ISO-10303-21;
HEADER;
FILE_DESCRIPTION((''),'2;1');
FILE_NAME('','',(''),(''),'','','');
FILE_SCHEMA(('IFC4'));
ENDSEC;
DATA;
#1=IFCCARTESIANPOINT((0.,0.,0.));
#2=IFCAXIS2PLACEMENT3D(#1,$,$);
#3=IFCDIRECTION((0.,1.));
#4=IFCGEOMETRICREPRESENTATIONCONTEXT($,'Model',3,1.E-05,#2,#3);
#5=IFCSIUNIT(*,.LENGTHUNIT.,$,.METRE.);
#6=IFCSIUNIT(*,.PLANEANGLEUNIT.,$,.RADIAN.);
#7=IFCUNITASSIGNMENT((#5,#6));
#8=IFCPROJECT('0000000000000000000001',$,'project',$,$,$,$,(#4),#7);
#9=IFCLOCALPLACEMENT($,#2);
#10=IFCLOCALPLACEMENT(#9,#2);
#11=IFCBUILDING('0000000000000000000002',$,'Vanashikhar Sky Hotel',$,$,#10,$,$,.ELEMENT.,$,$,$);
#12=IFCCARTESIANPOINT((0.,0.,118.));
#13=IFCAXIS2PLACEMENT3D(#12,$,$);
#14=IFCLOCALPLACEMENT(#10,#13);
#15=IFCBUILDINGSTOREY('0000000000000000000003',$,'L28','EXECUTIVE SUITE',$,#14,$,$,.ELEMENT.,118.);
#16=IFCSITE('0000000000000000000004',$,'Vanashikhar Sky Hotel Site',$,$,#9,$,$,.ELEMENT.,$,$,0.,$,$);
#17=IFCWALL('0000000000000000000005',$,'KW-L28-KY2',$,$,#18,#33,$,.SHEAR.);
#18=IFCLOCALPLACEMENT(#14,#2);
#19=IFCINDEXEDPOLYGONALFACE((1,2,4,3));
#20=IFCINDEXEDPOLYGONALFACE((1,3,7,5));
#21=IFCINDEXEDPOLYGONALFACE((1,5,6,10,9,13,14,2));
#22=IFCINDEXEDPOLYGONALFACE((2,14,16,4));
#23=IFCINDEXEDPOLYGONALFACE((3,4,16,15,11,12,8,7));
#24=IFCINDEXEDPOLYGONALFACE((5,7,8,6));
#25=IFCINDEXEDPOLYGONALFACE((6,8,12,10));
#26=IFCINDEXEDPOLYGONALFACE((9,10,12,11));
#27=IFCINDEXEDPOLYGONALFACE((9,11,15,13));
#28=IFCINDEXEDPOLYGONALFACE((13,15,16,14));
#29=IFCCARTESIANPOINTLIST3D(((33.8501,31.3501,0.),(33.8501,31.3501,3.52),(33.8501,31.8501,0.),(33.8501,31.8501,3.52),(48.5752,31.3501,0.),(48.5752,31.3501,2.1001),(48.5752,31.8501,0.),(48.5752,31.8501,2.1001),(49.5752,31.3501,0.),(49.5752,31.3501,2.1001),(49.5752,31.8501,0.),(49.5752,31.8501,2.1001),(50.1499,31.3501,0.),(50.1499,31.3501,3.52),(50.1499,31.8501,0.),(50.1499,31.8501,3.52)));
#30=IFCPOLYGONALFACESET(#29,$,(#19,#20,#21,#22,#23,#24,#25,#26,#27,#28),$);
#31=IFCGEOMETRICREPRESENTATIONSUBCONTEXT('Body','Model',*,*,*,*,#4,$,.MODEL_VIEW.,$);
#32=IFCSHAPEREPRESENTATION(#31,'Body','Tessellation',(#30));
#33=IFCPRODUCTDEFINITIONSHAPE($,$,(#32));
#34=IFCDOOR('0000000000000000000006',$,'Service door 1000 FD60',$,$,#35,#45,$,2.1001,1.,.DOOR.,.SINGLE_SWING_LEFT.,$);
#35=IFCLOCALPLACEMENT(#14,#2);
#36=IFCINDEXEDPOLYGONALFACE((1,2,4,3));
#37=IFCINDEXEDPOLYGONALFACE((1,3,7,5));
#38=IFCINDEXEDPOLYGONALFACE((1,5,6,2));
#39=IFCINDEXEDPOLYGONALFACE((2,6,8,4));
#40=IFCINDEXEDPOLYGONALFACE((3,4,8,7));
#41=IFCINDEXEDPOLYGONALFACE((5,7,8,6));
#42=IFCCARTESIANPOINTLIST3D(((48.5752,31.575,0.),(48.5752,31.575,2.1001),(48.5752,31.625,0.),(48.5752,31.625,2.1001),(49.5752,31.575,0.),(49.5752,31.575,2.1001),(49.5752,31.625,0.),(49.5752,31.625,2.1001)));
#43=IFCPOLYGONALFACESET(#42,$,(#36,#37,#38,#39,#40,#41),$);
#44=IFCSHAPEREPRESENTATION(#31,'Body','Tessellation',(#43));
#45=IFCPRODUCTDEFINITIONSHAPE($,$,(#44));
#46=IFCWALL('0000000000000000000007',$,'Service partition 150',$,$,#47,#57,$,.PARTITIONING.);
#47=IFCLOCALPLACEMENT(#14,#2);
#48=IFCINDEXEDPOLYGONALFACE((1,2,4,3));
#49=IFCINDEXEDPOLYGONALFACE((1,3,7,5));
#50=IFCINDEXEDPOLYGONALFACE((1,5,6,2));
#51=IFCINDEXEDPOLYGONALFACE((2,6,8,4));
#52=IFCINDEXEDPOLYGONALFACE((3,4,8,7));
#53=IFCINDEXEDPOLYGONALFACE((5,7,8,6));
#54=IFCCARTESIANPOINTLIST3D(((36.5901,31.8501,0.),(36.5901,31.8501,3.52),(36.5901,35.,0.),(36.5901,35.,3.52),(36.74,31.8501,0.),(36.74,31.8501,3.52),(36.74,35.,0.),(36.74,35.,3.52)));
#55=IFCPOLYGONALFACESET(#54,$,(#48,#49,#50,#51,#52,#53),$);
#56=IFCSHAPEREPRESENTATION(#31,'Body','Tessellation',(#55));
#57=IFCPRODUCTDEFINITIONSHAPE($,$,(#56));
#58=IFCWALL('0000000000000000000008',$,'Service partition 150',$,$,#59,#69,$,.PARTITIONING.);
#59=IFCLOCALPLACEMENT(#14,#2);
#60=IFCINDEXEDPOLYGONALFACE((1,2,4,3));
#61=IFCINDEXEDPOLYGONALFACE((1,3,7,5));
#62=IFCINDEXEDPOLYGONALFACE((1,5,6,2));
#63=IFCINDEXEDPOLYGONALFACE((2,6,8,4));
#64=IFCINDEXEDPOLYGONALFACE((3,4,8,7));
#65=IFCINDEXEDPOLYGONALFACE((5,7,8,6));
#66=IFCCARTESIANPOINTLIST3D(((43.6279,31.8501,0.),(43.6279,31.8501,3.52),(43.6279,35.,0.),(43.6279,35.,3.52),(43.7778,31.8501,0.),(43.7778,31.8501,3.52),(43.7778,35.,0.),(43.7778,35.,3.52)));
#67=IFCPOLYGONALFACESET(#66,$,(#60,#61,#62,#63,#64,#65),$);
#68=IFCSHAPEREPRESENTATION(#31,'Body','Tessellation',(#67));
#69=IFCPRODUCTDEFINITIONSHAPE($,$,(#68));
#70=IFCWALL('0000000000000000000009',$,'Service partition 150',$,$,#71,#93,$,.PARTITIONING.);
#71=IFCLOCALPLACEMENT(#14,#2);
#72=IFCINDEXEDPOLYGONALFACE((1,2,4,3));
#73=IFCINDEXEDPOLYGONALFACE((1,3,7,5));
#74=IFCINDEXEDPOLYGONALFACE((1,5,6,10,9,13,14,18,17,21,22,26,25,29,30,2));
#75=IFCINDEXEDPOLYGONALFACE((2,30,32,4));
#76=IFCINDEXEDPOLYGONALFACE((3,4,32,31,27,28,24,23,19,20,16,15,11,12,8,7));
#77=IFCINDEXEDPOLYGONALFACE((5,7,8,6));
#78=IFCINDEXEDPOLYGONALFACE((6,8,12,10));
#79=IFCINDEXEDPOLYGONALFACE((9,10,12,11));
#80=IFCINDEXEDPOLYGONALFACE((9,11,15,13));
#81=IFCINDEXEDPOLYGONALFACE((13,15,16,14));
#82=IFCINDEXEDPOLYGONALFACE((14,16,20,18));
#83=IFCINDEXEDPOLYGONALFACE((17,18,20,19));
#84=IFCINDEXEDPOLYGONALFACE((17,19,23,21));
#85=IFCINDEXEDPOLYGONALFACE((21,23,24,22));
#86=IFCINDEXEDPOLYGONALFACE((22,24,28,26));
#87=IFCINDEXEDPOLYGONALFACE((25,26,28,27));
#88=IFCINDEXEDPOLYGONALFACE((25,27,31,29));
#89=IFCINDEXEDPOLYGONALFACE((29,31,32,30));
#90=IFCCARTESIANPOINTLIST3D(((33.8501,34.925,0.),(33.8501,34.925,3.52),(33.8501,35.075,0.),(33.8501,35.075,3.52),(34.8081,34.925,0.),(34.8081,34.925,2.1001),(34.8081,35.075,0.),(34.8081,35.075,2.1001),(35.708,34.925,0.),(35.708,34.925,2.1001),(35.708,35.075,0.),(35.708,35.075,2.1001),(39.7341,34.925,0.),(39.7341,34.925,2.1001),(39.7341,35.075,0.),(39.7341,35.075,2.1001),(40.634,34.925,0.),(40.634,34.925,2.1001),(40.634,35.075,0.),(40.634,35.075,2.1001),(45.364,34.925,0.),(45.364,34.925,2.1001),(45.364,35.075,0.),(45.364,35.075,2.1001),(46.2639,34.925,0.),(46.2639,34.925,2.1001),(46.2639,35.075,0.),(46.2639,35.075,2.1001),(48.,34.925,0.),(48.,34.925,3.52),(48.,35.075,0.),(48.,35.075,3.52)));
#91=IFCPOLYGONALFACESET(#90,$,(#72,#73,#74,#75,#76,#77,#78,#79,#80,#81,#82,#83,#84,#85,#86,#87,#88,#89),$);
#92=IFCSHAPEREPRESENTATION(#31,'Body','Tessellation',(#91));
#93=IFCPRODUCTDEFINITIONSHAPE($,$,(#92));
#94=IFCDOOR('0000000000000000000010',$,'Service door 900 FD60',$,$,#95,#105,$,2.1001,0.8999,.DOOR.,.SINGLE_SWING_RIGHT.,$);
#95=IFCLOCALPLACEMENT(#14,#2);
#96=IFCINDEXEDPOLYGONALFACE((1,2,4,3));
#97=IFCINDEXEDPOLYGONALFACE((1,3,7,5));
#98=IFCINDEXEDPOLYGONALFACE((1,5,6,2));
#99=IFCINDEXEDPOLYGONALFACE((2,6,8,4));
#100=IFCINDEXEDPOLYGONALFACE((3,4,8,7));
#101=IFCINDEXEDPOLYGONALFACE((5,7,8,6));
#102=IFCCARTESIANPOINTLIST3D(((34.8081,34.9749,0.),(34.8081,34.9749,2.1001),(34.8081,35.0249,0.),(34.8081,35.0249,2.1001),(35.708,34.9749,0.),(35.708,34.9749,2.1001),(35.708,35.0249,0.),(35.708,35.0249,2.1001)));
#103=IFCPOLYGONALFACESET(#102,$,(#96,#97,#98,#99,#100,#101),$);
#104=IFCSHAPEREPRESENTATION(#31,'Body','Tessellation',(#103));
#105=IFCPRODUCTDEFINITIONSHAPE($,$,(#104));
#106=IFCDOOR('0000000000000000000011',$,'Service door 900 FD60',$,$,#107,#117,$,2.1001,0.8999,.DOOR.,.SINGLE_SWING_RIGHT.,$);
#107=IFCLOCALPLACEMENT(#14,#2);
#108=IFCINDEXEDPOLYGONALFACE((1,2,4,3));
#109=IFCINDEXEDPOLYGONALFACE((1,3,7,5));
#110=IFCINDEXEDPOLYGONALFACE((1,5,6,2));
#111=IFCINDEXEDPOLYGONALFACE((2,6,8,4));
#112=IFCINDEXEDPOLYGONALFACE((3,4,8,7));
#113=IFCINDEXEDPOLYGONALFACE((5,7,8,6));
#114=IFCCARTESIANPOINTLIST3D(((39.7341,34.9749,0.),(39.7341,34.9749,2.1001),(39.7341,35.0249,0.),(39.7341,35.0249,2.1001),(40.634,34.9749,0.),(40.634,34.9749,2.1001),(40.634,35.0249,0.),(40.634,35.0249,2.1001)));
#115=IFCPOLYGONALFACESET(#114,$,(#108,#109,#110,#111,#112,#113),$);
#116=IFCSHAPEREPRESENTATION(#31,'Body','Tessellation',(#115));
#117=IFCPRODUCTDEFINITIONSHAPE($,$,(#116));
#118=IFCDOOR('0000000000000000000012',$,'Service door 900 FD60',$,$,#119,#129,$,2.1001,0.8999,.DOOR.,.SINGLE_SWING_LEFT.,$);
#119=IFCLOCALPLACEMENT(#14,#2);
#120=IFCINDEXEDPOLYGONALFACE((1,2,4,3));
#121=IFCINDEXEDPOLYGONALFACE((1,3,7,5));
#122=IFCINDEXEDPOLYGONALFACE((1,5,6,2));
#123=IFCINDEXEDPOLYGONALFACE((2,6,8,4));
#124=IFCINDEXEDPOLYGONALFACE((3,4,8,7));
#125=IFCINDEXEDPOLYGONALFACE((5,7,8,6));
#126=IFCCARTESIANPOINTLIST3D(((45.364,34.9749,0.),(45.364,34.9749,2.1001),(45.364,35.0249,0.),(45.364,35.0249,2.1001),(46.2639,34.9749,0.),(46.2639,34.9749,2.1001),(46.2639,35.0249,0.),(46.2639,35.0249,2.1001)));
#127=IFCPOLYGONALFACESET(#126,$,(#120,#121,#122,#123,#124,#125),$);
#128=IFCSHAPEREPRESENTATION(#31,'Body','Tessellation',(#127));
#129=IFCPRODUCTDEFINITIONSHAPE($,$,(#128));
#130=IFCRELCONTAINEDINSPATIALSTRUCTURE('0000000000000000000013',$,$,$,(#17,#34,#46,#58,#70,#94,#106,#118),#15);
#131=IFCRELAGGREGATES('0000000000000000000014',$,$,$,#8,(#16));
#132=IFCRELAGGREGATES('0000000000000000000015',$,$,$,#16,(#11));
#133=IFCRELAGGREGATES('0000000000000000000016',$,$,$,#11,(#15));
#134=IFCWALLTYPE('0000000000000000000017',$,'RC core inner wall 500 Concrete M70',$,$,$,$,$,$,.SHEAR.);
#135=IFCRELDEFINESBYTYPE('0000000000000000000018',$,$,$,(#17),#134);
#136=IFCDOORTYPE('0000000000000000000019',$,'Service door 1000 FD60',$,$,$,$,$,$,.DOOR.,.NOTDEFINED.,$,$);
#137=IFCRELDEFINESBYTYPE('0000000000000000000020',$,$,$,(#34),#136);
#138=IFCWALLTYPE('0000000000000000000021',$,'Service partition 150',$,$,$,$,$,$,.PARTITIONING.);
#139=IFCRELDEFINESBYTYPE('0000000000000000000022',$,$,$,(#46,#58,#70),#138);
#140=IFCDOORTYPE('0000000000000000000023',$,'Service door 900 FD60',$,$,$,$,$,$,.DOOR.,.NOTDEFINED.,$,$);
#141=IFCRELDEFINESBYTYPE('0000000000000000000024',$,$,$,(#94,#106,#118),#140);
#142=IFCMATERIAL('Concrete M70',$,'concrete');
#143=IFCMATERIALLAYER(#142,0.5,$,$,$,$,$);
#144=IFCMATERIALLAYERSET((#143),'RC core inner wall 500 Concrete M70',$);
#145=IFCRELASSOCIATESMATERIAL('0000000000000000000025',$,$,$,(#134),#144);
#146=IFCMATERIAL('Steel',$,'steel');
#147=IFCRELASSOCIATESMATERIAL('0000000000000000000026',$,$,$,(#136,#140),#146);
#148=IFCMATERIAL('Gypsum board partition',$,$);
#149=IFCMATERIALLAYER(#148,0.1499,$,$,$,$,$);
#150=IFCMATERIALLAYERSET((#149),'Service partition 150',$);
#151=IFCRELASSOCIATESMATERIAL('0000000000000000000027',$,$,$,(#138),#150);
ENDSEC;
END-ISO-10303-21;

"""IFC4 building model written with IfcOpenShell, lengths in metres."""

from ifc_helpers import new_model, si_unit, direction, frame, frame_2d, origin, place, context, subcontext, project, spatial, rectangle, extrude, source, transform, mapped, material, layer, layer_set, type_object, element, fill, save


model = new_model("IFC4")

# Units and contexts
model_context = context("Model", 3, precision=1e-05, world=origin(), true_north=direction((0.0, 1.0)))
body_context = subcontext(model_context, "Body", "Model", "MODEL_VIEW")
ifc_project = project(units=[si_unit("LENGTHUNIT", "METRE"), si_unit("PLANEANGLEUNIT", "RADIAN")], contexts=[model_context])

# Site, building, storey
site_placement = place(None, origin())
site = spatial("IfcSite", under=ifc_project, at=site_placement, Name="Vanashikhar Sky Hotel Site", CompositionType="ELEMENT", RefElevation=0.0)
building_placement = place(site_placement, origin())
building = spatial("IfcBuilding", under=site, at=building_placement, Name="Vanashikhar Sky Hotel", CompositionType="ELEMENT")
storey_placement = place(building_placement, frame((0.0, 0.0, 118.0)))
storey = spatial("IfcBuildingStorey", under=building, at=storey_placement, Name="L28", Description="EXECUTIVE SUITE", CompositionType="ELEMENT", Elevation=118.0)

# Wall, opening, door
ifc_material_1 = material(Name="Concrete M70", Category="concrete")
ifc_layer_1 = layer(ifc_material_1, 0.5)
ifc_layer_set_1 = layer_set([ifc_layer_1], Name="RC core inner wall 500 Concrete M70")
wall_type_1 = type_object("IfcWallType", Name="RC core inner wall 500 Concrete M70", PredefinedType="SHEAR", material=ifc_layer_set_1)
shared_shape_1 = source(origin(), body_context, "Body", "SweptSolid", [
    extrude(rectangle(XDim=16.2998, YDim=0.5, at=frame_2d((8.1499, 0.0))), origin(), (0.0, 0.0, 1.0), 3.52),
])
wall_1_placement = place(storey_placement, frame((33.8501, 31.6001, 0.0), z_axis=(0.0, 0.0, 1.0), x_axis=(1.0, 0.0, 0.0)))
wall_1 = element("IfcWall", 1, at=wall_1_placement, inside=storey, type_object=wall_type_1, Name="KW-L28-KY2", PredefinedType="SHEAR", context=body_context, shape_type="MappedRepresentation", body=[
    mapped(shared_shape_1, transform((0.0, 0.0, 0.0), scale=1.0)),
])
shared_shape_2 = source(origin(), body_context, "Body", "SweptSolid", [
    extrude(rectangle(XDim=1.0, YDim=2.1001, at=frame_2d((0.5, 1.05))), frame((0.0, 0.26, 0.0), z_axis=(0.0, -1.0, 0.0), x_axis=(1.0, 0.0, 0.0)), (0.0, 0.0, 1.0), 0.52),
])
opening_1_placement = place(wall_1_placement, frame((14.7251, 0.0, 0.0)))
opening_1 = element("IfcOpeningElement", 2, at=opening_1_placement, cuts=wall_1, PredefinedType="OPENING", context=body_context, shape_type="MappedRepresentation", body=[
    mapped(shared_shape_2, transform((0.0, 0.0, 0.0), scale=1.0)),
])
ifc_material_2 = material(Name="Steel", Category="steel")
door_type_1 = type_object("IfcDoorType", Name="Service door 1000 FD60", OperationType="NOTDEFINED", PredefinedType="DOOR", material=ifc_material_2)
shared_shape_3 = source(origin(), body_context, "Body", "SweptSolid", [
    extrude(rectangle(XDim=1.0, YDim=2.1001, at=frame_2d((0.5, 1.05))), frame((0.0, 0.0249, 0.0), z_axis=(0.0, -1.0, 0.0), x_axis=(1.0, 0.0, 0.0)), (0.0, 0.0, 1.0), 0.05),
])
door_1_placement = place(opening_1_placement, origin())
door_1 = element("IfcDoor", 3, at=door_1_placement, inside=storey, type_object=door_type_1, Name="Service door 1000 FD60", OperationType="SINGLE_SWING_LEFT", OverallHeight=2.1001, OverallWidth=1.0, PredefinedType="DOOR", context=body_context, shape_type="MappedRepresentation", body=[
    mapped(shared_shape_3, transform((0.0, 0.0, 0.0), scale=1.0)),
])
fill(opening_1, door_1)

# Walls
ifc_material_3 = material(Name="Gypsum board partition")
ifc_layer_2 = layer(ifc_material_3, 0.1499)
ifc_layer_set_2 = layer_set([ifc_layer_2], Name="Service partition 150")
wall_type_2 = type_object("IfcWallType", Name="Service partition 150", PredefinedType="PARTITIONING", material=ifc_layer_set_2)
shared_shape_4 = source(origin(), body_context, "Body", "SweptSolid", [
    extrude(rectangle(XDim=3.1499, YDim=0.1499, at=frame_2d((1.575, 0.0))), origin(), (0.0, 0.0, 1.0), 3.52),
])
for number, where, z_axis, x_axis, name in (
    (4, (36.665, 31.8501, 0.0), (0.0, 0.0, 1.0), (0.0, 1.0, 0.0), "Service partition 150"),
    (5, (43.7029, 31.8501, 0.0), (0.0, 0.0, 1.0), (0.0, 1.0, 0.0), "Service partition 150"),
):
    element("IfcWall", number, at=place(storey_placement, frame(where, z_axis=z_axis, x_axis=x_axis)), inside=storey, type_object=wall_type_2, Name=name, PredefinedType="PARTITIONING", context=body_context, shape_type="MappedRepresentation", body=[
        mapped(shared_shape_4, transform((0.0, 0.0, 0.0), scale=1.0)),
    ])

# Wall, openings, doors
shared_shape_5 = source(origin(), body_context, "Body", "SweptSolid", [
    extrude(rectangle(XDim=14.1499, YDim=0.1499, at=frame_2d((7.075, 0.0))), origin(), (0.0, 0.0, 1.0), 3.52),
])
wall_2_placement = place(storey_placement, frame((33.8501, 35.0, 0.0), z_axis=(0.0, 0.0, 1.0), x_axis=(1.0, 0.0, 0.0)))
wall_2 = element("IfcWall", 6, at=wall_2_placement, inside=storey, type_object=wall_type_2, Name="Service partition 150", PredefinedType="PARTITIONING", context=body_context, shape_type="MappedRepresentation", body=[
    mapped(shared_shape_5, transform((0.0, 0.0, 0.0), scale=1.0)),
])
shared_shape_6 = source(origin(), body_context, "Body", "SweptSolid", [
    extrude(rectangle(XDim=0.8999, YDim=2.1001, at=frame_2d((0.45, 1.05))), frame((0.0, 0.085, 0.0), z_axis=(0.0, -1.0, 0.0), x_axis=(1.0, 0.0, 0.0)), (0.0, 0.0, 1.0), 0.1699),
])
opening_2_placement = place(wall_2_placement, frame((0.958, 0.0, 0.0)))
opening_2 = element("IfcOpeningElement", 7, at=opening_2_placement, cuts=wall_2, PredefinedType="OPENING", context=body_context, shape_type="MappedRepresentation", body=[
    mapped(shared_shape_6, transform((0.0, 0.0, 0.0), scale=1.0)),
])
opening_3_placement = place(wall_2_placement, frame((5.884, 0.0, 0.0)))
opening_3 = element("IfcOpeningElement", 8, at=opening_3_placement, cuts=wall_2, PredefinedType="OPENING", context=body_context, shape_type="MappedRepresentation", body=[
    mapped(shared_shape_6, transform((0.0, 0.0, 0.0), scale=1.0)),
])
opening_4_placement = place(wall_2_placement, frame((11.5139, 0.0, 0.0)))
opening_4 = element("IfcOpeningElement", 9, at=opening_4_placement, cuts=wall_2, PredefinedType="OPENING", context=body_context, shape_type="MappedRepresentation", body=[
    mapped(shared_shape_6, transform((0.0, 0.0, 0.0), scale=1.0)),
])
door_type_2 = type_object("IfcDoorType", Name="Service door 900 FD60", OperationType="NOTDEFINED", PredefinedType="DOOR", material=ifc_material_2)
shared_shape_7 = source(origin(), body_context, "Body", "SweptSolid", [
    extrude(rectangle(XDim=0.8999, YDim=2.1001, at=frame_2d((0.45, 1.05))), frame((0.0, 0.0249, 0.0), z_axis=(0.0, -1.0, 0.0), x_axis=(1.0, 0.0, 0.0)), (0.0, 0.0, 1.0), 0.05),
])
door_2_placement = place(opening_2_placement, origin())
door_2 = element("IfcDoor", 10, at=door_2_placement, inside=storey, type_object=door_type_2, Name="Service door 900 FD60", OperationType="SINGLE_SWING_RIGHT", OverallHeight=2.1001, OverallWidth=0.8999, PredefinedType="DOOR", context=body_context, shape_type="MappedRepresentation", body=[
    mapped(shared_shape_7, transform((0.0, 0.0, 0.0), scale=1.0)),
])
fill(opening_2, door_2)
door_3_placement = place(opening_3_placement, origin())
door_3 = element("IfcDoor", 11, at=door_3_placement, inside=storey, type_object=door_type_2, Name="Service door 900 FD60", OperationType="SINGLE_SWING_RIGHT", OverallHeight=2.1001, OverallWidth=0.8999, PredefinedType="DOOR", context=body_context, shape_type="MappedRepresentation", body=[
    mapped(shared_shape_7, transform((0.0, 0.0, 0.0), scale=1.0)),
])
fill(opening_3, door_3)
door_4_placement = place(opening_4_placement, origin())
door_4 = element("IfcDoor", 12, at=door_4_placement, inside=storey, type_object=door_type_2, Name="Service door 900 FD60", OperationType="SINGLE_SWING_LEFT", OverallHeight=2.1001, OverallWidth=0.8999, PredefinedType="DOOR", context=body_context, shape_type="MappedRepresentation", body=[
    mapped(shared_shape_7, transform((0.0, 0.0, 0.0), scale=1.0)),
])
fill(opening_4, door_4)

save(model, "model.ifc")
